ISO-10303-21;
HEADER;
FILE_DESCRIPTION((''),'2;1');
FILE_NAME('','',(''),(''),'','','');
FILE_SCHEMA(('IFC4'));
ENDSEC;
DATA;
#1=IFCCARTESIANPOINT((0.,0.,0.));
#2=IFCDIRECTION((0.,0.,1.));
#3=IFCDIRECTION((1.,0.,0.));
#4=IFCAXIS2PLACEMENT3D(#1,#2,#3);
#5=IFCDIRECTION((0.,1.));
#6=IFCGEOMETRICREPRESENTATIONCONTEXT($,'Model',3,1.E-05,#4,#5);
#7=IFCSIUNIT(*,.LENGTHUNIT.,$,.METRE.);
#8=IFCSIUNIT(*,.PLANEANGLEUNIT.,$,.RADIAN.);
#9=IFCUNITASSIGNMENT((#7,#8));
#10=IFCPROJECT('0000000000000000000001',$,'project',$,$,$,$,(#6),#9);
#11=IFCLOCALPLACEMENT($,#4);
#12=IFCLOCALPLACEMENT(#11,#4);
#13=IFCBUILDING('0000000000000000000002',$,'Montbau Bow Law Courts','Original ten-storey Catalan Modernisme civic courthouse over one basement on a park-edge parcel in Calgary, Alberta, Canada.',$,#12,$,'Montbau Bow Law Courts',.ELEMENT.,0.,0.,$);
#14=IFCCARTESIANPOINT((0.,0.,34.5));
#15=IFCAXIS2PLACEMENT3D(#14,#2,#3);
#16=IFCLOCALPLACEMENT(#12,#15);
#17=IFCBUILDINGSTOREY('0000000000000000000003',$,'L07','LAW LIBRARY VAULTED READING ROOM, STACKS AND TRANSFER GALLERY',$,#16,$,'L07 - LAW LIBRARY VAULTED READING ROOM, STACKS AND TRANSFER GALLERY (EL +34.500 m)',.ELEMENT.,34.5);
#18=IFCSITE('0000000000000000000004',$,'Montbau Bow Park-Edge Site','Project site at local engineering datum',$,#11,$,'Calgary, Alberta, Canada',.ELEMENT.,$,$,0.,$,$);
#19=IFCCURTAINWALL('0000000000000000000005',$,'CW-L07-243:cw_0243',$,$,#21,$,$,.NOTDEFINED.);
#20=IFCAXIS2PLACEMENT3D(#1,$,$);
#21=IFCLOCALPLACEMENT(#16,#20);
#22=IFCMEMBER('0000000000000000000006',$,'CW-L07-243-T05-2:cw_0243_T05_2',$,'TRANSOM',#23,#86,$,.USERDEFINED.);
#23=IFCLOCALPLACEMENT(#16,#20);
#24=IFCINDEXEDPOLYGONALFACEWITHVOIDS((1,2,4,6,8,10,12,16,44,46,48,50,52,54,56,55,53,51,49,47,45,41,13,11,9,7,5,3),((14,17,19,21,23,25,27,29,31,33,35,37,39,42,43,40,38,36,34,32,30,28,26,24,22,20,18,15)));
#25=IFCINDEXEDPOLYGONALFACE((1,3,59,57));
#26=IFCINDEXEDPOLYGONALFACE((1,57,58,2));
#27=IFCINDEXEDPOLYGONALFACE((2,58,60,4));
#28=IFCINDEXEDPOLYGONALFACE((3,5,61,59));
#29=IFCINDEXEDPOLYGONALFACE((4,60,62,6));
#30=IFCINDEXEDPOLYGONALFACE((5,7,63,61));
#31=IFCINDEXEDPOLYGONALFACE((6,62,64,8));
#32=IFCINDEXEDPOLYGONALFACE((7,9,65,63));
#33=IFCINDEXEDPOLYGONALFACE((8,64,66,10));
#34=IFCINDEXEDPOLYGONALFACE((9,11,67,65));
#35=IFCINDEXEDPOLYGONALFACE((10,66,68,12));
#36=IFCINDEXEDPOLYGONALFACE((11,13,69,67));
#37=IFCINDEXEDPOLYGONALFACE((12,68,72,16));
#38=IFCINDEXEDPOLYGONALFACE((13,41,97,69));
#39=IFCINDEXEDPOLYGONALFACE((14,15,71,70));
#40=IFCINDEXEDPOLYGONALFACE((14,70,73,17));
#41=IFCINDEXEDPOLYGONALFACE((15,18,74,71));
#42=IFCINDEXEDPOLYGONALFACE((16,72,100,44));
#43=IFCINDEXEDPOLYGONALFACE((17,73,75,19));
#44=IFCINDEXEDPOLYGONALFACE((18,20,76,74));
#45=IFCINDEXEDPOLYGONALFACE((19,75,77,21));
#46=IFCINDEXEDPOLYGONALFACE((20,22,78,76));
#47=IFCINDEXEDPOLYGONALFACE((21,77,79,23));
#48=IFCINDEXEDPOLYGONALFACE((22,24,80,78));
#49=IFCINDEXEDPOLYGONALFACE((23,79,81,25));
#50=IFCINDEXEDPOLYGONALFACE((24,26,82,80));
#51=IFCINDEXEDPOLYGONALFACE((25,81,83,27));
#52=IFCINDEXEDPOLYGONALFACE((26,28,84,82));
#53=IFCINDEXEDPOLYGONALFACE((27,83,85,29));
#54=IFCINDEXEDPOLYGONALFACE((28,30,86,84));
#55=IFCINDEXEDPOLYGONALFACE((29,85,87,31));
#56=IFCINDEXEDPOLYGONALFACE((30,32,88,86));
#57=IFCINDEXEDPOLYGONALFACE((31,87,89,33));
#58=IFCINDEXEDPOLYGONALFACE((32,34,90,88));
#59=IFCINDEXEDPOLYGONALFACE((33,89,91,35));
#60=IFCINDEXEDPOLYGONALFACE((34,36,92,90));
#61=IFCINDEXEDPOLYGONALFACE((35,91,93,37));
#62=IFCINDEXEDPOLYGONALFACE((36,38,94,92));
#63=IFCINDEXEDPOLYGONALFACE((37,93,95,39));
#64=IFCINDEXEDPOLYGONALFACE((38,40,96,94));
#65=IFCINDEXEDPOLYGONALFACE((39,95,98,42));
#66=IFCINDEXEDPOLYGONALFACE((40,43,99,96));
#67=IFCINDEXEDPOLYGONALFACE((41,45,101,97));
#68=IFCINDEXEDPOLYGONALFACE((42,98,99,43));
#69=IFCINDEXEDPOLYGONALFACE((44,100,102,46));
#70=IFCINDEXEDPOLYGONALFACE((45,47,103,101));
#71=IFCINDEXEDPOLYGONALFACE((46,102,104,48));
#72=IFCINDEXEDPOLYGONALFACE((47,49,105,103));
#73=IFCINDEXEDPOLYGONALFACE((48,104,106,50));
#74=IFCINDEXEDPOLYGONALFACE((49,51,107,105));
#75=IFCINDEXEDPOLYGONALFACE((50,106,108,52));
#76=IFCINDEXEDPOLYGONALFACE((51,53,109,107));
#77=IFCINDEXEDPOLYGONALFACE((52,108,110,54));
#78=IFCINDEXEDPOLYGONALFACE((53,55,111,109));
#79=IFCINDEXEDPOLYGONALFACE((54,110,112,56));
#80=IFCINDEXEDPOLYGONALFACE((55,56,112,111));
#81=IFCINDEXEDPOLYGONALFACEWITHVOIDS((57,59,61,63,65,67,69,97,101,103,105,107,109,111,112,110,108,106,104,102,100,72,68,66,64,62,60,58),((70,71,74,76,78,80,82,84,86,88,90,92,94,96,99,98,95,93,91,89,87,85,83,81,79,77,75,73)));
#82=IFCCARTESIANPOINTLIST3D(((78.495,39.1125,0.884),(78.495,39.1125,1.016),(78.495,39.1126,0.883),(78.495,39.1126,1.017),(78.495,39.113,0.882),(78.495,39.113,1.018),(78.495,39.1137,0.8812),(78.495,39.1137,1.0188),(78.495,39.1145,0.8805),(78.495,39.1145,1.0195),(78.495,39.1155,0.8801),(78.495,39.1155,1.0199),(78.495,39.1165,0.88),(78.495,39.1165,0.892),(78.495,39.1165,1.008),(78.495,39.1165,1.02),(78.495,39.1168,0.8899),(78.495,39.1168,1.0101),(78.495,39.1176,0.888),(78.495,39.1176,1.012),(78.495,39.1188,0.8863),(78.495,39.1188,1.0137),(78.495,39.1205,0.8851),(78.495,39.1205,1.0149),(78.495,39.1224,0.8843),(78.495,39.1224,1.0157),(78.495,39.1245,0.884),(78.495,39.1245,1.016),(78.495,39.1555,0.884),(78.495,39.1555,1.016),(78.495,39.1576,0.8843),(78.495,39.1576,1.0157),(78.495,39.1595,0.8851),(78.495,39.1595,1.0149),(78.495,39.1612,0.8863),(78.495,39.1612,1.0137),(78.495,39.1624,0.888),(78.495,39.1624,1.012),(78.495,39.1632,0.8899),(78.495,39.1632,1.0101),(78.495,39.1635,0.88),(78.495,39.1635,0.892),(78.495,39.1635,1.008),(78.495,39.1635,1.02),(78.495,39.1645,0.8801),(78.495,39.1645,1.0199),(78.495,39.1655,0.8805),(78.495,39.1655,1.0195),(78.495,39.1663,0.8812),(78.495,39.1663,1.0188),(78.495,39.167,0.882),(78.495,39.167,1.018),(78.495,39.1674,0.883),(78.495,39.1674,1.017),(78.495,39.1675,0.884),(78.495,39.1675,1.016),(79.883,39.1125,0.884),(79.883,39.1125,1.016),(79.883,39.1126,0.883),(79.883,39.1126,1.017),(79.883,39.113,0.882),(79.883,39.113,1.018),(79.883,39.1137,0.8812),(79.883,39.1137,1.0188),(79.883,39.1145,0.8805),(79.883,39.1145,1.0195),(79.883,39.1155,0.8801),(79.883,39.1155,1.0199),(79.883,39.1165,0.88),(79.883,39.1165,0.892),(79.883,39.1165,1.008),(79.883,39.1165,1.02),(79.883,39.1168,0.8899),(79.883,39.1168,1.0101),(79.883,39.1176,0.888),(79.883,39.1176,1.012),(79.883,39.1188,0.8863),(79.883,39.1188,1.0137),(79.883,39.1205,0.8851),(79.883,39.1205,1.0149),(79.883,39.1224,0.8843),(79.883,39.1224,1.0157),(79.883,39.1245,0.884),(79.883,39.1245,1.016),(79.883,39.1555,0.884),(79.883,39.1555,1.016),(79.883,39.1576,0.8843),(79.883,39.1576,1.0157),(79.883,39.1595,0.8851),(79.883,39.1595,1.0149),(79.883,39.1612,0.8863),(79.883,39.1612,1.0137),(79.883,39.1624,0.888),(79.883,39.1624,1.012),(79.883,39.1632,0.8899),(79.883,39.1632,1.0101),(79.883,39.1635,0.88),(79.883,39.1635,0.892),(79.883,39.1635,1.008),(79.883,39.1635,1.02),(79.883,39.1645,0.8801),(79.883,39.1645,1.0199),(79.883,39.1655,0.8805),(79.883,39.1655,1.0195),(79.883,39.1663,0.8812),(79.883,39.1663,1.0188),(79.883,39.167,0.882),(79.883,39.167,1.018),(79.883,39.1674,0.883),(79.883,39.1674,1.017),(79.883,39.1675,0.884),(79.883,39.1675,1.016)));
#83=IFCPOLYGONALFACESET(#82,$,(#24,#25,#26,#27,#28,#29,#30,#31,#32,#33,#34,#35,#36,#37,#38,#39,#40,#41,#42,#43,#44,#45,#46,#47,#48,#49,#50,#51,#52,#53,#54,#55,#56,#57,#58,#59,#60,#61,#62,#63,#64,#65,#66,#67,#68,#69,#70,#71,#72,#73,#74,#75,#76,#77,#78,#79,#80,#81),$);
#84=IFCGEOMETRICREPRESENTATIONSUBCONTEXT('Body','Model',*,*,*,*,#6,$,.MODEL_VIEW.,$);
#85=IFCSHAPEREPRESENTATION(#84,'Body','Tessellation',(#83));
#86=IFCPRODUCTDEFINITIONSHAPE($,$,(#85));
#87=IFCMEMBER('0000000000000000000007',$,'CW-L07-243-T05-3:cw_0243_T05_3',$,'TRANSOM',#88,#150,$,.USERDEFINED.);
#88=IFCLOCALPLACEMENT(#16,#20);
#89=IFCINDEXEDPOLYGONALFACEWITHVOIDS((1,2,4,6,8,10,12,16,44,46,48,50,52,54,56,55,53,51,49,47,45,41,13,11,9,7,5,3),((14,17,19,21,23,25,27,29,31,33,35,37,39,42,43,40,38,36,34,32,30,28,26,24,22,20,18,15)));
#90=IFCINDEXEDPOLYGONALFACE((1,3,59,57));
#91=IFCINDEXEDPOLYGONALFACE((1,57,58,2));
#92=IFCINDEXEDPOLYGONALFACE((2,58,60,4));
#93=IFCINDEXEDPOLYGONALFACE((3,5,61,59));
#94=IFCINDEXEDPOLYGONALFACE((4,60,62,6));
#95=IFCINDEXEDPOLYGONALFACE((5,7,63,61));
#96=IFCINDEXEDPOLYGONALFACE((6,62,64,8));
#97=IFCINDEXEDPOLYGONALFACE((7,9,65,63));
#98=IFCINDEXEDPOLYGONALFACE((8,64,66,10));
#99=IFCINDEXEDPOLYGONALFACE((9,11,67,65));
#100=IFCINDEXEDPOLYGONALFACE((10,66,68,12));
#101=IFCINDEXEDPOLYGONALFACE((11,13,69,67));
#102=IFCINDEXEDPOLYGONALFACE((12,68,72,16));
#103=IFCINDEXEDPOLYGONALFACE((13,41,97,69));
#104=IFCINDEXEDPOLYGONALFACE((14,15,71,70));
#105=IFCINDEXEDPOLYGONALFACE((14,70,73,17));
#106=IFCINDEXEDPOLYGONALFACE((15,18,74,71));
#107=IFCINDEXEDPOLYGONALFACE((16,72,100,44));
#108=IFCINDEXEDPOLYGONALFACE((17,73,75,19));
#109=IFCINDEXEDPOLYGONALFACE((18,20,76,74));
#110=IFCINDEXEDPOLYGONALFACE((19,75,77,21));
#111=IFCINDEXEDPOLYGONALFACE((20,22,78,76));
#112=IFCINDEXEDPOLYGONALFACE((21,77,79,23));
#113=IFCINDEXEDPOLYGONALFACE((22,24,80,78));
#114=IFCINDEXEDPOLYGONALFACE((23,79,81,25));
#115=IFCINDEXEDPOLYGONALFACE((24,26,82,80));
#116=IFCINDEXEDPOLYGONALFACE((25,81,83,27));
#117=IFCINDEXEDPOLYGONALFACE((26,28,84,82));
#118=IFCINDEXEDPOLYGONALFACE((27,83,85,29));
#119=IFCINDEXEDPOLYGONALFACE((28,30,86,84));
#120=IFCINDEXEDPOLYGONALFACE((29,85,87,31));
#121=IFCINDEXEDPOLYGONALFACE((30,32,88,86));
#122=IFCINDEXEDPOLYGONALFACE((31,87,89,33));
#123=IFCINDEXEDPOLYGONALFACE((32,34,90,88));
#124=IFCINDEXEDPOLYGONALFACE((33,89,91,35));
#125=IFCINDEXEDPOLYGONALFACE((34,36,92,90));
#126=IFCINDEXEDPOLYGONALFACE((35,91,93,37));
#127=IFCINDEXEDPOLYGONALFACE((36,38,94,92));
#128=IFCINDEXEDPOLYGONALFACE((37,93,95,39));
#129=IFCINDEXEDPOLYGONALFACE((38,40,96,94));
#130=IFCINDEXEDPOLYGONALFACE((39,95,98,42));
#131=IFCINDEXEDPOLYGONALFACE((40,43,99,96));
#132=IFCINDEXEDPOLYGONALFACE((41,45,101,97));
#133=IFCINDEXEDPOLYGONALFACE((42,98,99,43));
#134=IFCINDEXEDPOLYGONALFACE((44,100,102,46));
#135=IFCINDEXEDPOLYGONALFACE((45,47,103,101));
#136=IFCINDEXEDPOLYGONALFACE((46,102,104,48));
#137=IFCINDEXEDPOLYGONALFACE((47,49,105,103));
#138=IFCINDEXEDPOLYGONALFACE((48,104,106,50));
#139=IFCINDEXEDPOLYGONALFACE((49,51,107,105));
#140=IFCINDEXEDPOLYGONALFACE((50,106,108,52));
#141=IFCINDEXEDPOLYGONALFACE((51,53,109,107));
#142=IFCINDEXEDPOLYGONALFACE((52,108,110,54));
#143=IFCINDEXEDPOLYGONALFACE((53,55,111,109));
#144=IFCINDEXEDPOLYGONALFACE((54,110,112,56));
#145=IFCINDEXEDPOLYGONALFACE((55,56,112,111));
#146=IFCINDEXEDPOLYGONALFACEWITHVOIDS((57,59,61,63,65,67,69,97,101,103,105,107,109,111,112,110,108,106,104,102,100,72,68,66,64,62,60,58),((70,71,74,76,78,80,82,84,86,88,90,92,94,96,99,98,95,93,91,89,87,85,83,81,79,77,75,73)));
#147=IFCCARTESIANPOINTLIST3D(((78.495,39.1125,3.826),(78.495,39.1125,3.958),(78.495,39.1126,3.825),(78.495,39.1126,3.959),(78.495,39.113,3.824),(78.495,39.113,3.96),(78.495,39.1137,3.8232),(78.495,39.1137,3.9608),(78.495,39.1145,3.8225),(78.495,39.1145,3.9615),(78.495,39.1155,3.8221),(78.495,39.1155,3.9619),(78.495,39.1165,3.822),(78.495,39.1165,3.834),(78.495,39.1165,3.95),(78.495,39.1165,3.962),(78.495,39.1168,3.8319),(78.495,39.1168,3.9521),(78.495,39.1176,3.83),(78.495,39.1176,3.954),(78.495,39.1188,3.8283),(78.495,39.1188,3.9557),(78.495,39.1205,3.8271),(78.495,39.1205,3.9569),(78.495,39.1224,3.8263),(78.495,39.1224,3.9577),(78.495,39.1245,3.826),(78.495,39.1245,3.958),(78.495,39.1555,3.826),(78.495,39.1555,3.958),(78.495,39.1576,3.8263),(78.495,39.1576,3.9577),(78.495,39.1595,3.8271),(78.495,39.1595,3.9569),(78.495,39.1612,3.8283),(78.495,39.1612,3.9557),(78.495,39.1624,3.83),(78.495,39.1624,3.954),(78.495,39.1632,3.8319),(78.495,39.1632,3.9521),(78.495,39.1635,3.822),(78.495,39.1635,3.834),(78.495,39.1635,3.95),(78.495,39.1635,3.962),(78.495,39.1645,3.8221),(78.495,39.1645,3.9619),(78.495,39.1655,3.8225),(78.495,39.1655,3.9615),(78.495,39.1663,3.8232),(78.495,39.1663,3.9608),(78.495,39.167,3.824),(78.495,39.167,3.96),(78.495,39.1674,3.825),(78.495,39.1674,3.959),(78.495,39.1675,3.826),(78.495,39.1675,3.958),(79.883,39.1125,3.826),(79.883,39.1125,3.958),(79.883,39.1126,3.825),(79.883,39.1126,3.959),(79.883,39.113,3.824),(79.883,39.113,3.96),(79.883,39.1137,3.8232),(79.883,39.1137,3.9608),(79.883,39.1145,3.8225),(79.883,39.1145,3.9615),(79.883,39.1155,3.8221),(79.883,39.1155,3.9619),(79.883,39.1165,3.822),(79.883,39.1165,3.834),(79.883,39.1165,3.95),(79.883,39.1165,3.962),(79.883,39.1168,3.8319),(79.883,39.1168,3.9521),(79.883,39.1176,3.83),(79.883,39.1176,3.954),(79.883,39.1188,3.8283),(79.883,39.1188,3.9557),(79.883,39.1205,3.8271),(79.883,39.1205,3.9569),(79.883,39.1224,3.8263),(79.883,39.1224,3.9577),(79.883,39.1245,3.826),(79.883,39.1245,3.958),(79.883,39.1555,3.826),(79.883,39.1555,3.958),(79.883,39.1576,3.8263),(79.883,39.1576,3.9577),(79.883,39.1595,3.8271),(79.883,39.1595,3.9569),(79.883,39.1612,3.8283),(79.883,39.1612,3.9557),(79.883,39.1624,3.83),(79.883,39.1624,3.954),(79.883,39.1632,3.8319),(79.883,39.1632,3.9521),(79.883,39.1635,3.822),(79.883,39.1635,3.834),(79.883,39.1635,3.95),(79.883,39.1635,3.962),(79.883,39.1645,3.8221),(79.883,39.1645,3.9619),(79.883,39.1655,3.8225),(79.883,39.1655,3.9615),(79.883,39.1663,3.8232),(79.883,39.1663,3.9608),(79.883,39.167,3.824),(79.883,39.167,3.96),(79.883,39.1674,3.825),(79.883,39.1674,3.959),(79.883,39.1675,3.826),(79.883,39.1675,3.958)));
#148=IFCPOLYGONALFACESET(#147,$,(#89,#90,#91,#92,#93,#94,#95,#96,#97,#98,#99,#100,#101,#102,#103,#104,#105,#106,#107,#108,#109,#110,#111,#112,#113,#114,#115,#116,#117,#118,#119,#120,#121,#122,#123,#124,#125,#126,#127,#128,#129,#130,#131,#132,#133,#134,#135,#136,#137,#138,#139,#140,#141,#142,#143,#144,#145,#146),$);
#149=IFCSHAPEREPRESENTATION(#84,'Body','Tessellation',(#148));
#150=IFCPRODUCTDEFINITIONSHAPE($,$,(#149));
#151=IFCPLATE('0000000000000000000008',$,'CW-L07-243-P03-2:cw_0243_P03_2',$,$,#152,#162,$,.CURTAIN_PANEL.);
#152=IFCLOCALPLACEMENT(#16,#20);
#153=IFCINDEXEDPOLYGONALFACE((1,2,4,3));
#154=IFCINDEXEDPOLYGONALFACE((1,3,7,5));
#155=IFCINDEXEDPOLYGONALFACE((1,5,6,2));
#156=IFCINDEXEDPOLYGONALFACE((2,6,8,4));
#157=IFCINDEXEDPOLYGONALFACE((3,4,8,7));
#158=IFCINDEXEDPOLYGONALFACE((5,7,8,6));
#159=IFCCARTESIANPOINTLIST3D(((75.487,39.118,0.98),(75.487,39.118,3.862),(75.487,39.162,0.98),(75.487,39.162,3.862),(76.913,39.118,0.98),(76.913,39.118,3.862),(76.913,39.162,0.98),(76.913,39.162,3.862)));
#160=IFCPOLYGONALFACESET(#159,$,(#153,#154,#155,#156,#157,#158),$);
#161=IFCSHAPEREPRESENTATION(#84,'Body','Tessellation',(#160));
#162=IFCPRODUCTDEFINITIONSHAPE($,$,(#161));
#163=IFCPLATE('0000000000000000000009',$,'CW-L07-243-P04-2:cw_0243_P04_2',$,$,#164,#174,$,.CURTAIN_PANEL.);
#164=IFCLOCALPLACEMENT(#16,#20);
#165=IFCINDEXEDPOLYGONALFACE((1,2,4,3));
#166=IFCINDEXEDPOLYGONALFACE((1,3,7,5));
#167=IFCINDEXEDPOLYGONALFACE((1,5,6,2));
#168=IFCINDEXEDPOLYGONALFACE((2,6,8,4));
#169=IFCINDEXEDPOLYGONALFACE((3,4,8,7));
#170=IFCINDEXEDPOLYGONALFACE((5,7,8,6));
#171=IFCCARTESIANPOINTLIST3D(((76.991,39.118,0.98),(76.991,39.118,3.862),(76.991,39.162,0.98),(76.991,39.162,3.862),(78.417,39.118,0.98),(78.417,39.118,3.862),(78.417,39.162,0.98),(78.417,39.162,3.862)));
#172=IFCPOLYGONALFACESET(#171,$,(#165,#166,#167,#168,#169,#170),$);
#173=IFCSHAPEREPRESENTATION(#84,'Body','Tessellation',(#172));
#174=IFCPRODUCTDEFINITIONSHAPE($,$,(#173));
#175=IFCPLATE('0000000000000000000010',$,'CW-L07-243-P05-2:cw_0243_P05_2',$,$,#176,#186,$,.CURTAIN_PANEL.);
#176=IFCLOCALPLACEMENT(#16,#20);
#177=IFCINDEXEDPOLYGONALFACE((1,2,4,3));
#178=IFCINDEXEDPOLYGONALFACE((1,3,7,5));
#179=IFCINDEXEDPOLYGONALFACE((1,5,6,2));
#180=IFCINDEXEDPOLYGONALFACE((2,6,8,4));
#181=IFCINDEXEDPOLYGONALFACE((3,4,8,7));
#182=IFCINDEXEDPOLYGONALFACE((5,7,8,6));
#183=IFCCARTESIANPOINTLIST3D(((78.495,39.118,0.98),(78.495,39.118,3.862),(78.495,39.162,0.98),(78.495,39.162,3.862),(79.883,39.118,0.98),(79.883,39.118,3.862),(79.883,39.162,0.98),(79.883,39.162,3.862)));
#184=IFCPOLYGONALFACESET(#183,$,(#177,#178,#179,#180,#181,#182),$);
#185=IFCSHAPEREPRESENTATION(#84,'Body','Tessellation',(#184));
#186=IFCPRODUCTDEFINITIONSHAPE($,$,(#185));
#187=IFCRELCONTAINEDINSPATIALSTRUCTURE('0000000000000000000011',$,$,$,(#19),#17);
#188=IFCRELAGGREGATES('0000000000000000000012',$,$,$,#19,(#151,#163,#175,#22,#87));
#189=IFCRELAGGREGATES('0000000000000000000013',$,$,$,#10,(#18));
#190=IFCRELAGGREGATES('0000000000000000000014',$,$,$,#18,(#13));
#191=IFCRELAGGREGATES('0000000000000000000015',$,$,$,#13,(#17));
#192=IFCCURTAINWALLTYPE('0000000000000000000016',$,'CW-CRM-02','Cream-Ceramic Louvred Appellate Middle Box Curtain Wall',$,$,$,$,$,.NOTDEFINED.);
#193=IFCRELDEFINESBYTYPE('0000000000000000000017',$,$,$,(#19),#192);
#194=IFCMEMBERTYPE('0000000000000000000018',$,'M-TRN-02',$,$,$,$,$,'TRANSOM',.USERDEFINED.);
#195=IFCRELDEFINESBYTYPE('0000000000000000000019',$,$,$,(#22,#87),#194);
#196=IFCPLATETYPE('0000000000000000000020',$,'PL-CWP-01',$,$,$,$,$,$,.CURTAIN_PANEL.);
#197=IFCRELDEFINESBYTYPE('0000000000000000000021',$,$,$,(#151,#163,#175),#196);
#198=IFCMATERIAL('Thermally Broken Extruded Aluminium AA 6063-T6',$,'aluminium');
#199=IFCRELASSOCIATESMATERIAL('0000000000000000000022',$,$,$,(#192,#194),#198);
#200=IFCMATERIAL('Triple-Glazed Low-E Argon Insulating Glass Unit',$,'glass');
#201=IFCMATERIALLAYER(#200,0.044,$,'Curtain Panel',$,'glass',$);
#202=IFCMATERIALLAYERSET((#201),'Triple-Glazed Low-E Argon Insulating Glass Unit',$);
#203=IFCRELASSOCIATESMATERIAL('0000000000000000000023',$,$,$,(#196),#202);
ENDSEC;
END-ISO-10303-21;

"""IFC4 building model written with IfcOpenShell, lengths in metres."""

from ifc_helpers import new_model, si_unit, direction, frame, frame_2d, origin_with_axes, origin_2d_with_axis, place, context, subcontext, project, spatial, rectangle, hollow_rectangle, extrude, material, layer, layer_set, material_profile, profile_set, type_object, element, aggregate, save


model = new_model("IFC4")

# Units and contexts
model_context = context("Model", 3, precision=1e-05, world=origin_with_axes(), true_north=direction((0.0, 1.0)))
body_context = subcontext(model_context, "Body", "Model", "MODEL_VIEW")
ifc_project = project(units=[si_unit("LENGTHUNIT", "METRE"), si_unit("PLANEANGLEUNIT", "RADIAN")], contexts=[model_context])

# Site, building, storey
site_placement = place(None, origin_with_axes())
site = spatial("IfcSite", under=ifc_project, at=site_placement, Name="Montbau Bow Park-Edge Site", Description="Project site at local engineering datum", LongName="Calgary, Alberta, Canada", CompositionType="ELEMENT", RefElevation=0.0)
building_placement = place(site_placement, origin_with_axes())
building = spatial("IfcBuilding", under=site, at=building_placement, Name="Montbau Bow Law Courts", Description="Original ten-storey Catalan Modernisme civic courthouse over one basement on a park-edge parcel in Calgary, Alberta, Canada.", LongName="Montbau Bow Law Courts", CompositionType="ELEMENT", ElevationOfRefHeight=0.0, ElevationOfTerrain=0.0)
storey_placement = place(building_placement, frame((0.0, 0.0, 34.5), z_axis=(0.0, 0.0, 1.0), x_axis=(1.0, 0.0, 0.0)))
storey = spatial("IfcBuildingStorey", under=building, at=storey_placement, Name="L07", Description="LAW LIBRARY VAULTED READING ROOM, STACKS AND TRANSFER GALLERY", LongName="L07 - LAW LIBRARY VAULTED READING ROOM, STACKS AND TRANSFER GALLERY (EL +34.500 m)", CompositionType="ELEMENT", Elevation=34.5)

# Curtain wall, members, plates
ifc_material_1 = material(Name="Thermally Broken Extruded Aluminium AA 6063-T6", Category="aluminium")
curtain_wall_type = type_object("IfcCurtainWallType", Name="CW-CRM-02", Description="Cream-Ceramic Louvred Appellate Middle Box Curtain Wall", PredefinedType="NOTDEFINED", material=ifc_material_1)
curtain_wall_placement = place(None, frame((72.44, 39.14, 34.5), z_axis=(0.0, 0.0, 1.0), x_axis=(1.0, 0.0, 0.0)))
curtain_wall = element("IfcCurtainWall", 1, at=curtain_wall_placement, inside=storey, type_object=curtain_wall_type, Name="CW-L07-243:cw_0243", PredefinedType="NOTDEFINED")
ifc_material_profile_1 = material_profile(ifc_material_1, hollow_rectangle(XDim=0.055, YDim=0.14, WallThickness=0.004, InnerFilletRadius=0.008, OuterFilletRadius=0.004, at=origin_2d_with_axis()), Name="CWT-140X55", Category="Main", Priority=0)
ifc_profile_set_1 = profile_set([ifc_material_profile_1], Name="Thermally Broken Extruded Aluminium AA 6063-T6")
member_type_1 = type_object("IfcMemberType", Name="M-TRN-02", ElementType="TRANSOM", PredefinedType="USERDEFINED", material=ifc_profile_set_1)
member_1_placement = place(None, frame((78.495, 39.14, 35.45), z_axis=(1.0, 0.0, 0.0), x_axis=(0.0, 1.0, 0.0)))
member_1 = element("IfcMember", 2, at=member_1_placement, type_object=member_type_1, Name="CW-L07-243-T05-2:cw_0243_T05_2", ObjectType="TRANSOM", PredefinedType="USERDEFINED", context=body_context, shape_type="SweptSolid", body=[
    extrude(hollow_rectangle(XDim=0.055, YDim=0.14, WallThickness=0.004, InnerFilletRadius=0.008, OuterFilletRadius=0.004, at=origin_2d_with_axis()), origin_with_axes(), (0.0, 0.0, 1.0), 1.388),
])
member_2_placement = place(None, frame((78.495, 39.14, 38.392), z_axis=(1.0, 0.0, 0.0), x_axis=(0.0, 1.0, 0.0)))
member_2 = element("IfcMember", 3, at=member_2_placement, type_object=member_type_1, Name="CW-L07-243-T05-3:cw_0243_T05_3", ObjectType="TRANSOM", PredefinedType="USERDEFINED", context=body_context, shape_type="SweptSolid", body=[
    extrude(hollow_rectangle(XDim=0.055, YDim=0.14, WallThickness=0.004, InnerFilletRadius=0.008, OuterFilletRadius=0.004, at=origin_2d_with_axis()), origin_with_axes(), (0.0, 0.0, 1.0), 1.388),
])
ifc_material_2 = material(Name="Triple-Glazed Low-E Argon Insulating Glass Unit", Category="glass")
ifc_layer_1 = layer(ifc_material_2, 0.044, Name="Curtain Panel", Category="glass")
ifc_layer_set_1 = layer_set([ifc_layer_1], Name="Triple-Glazed Low-E Argon Insulating Glass Unit")
plate_type_1 = type_object("IfcPlateType", Name="PL-CWP-01", PredefinedType="CURTAIN_PANEL", material=ifc_layer_set_1)
plate_1_placement = place(None, frame((75.487, 39.14, 35.48), z_axis=(0.0, -1.0, 0.0), x_axis=(1.0, 0.0, 0.0)))
plate_1 = element("IfcPlate", 4, at=plate_1_placement, type_object=plate_type_1, Name="CW-L07-243-P03-2:cw_0243_P03_2", PredefinedType="CURTAIN_PANEL", context=body_context, shape_type="SweptSolid", body=[
    extrude(rectangle(XDim=1.426, YDim=2.882, at=frame_2d((0.713, 1.441), x_axis=(1.0, 0.0))), frame((0.0, 0.0, -0.022), z_axis=(0.0, 0.0, 1.0), x_axis=(1.0, 0.0, 0.0)), (0.0, 0.0, 1.0), 0.044),
])
plate_2_placement = place(None, frame((76.991, 39.14, 35.48), z_axis=(0.0, -1.0, 0.0), x_axis=(1.0, 0.0, 0.0)))
plate_2 = element("IfcPlate", 5, at=plate_2_placement, type_object=plate_type_1, Name="CW-L07-243-P04-2:cw_0243_P04_2", PredefinedType="CURTAIN_PANEL", context=body_context, shape_type="SweptSolid", body=[
    extrude(rectangle(XDim=1.426, YDim=2.882, at=frame_2d((0.713, 1.441), x_axis=(1.0, 0.0))), frame((0.0, 0.0, -0.022), z_axis=(0.0, 0.0, 1.0), x_axis=(1.0, 0.0, 0.0)), (0.0, 0.0, 1.0), 0.044),
])
plate_3_placement = place(None, frame((78.495, 39.14, 35.48), z_axis=(0.0, -1.0, 0.0), x_axis=(1.0, 0.0, 0.0)))
plate_3 = element("IfcPlate", 6, at=plate_3_placement, type_object=plate_type_1, Name="CW-L07-243-P05-2:cw_0243_P05_2", PredefinedType="CURTAIN_PANEL", context=body_context, shape_type="SweptSolid", body=[
    extrude(rectangle(XDim=1.388, YDim=2.882, at=frame_2d((0.694, 1.441), x_axis=(1.0, 0.0))), frame((0.0, 0.0, -0.022), z_axis=(0.0, 0.0, 1.0), x_axis=(1.0, 0.0, 0.0)), (0.0, 0.0, 1.0), 0.044),
])
aggregate(curtain_wall, [plate_1, plate_2, plate_3, member_1, member_2])

save(model, "model.ifc")
